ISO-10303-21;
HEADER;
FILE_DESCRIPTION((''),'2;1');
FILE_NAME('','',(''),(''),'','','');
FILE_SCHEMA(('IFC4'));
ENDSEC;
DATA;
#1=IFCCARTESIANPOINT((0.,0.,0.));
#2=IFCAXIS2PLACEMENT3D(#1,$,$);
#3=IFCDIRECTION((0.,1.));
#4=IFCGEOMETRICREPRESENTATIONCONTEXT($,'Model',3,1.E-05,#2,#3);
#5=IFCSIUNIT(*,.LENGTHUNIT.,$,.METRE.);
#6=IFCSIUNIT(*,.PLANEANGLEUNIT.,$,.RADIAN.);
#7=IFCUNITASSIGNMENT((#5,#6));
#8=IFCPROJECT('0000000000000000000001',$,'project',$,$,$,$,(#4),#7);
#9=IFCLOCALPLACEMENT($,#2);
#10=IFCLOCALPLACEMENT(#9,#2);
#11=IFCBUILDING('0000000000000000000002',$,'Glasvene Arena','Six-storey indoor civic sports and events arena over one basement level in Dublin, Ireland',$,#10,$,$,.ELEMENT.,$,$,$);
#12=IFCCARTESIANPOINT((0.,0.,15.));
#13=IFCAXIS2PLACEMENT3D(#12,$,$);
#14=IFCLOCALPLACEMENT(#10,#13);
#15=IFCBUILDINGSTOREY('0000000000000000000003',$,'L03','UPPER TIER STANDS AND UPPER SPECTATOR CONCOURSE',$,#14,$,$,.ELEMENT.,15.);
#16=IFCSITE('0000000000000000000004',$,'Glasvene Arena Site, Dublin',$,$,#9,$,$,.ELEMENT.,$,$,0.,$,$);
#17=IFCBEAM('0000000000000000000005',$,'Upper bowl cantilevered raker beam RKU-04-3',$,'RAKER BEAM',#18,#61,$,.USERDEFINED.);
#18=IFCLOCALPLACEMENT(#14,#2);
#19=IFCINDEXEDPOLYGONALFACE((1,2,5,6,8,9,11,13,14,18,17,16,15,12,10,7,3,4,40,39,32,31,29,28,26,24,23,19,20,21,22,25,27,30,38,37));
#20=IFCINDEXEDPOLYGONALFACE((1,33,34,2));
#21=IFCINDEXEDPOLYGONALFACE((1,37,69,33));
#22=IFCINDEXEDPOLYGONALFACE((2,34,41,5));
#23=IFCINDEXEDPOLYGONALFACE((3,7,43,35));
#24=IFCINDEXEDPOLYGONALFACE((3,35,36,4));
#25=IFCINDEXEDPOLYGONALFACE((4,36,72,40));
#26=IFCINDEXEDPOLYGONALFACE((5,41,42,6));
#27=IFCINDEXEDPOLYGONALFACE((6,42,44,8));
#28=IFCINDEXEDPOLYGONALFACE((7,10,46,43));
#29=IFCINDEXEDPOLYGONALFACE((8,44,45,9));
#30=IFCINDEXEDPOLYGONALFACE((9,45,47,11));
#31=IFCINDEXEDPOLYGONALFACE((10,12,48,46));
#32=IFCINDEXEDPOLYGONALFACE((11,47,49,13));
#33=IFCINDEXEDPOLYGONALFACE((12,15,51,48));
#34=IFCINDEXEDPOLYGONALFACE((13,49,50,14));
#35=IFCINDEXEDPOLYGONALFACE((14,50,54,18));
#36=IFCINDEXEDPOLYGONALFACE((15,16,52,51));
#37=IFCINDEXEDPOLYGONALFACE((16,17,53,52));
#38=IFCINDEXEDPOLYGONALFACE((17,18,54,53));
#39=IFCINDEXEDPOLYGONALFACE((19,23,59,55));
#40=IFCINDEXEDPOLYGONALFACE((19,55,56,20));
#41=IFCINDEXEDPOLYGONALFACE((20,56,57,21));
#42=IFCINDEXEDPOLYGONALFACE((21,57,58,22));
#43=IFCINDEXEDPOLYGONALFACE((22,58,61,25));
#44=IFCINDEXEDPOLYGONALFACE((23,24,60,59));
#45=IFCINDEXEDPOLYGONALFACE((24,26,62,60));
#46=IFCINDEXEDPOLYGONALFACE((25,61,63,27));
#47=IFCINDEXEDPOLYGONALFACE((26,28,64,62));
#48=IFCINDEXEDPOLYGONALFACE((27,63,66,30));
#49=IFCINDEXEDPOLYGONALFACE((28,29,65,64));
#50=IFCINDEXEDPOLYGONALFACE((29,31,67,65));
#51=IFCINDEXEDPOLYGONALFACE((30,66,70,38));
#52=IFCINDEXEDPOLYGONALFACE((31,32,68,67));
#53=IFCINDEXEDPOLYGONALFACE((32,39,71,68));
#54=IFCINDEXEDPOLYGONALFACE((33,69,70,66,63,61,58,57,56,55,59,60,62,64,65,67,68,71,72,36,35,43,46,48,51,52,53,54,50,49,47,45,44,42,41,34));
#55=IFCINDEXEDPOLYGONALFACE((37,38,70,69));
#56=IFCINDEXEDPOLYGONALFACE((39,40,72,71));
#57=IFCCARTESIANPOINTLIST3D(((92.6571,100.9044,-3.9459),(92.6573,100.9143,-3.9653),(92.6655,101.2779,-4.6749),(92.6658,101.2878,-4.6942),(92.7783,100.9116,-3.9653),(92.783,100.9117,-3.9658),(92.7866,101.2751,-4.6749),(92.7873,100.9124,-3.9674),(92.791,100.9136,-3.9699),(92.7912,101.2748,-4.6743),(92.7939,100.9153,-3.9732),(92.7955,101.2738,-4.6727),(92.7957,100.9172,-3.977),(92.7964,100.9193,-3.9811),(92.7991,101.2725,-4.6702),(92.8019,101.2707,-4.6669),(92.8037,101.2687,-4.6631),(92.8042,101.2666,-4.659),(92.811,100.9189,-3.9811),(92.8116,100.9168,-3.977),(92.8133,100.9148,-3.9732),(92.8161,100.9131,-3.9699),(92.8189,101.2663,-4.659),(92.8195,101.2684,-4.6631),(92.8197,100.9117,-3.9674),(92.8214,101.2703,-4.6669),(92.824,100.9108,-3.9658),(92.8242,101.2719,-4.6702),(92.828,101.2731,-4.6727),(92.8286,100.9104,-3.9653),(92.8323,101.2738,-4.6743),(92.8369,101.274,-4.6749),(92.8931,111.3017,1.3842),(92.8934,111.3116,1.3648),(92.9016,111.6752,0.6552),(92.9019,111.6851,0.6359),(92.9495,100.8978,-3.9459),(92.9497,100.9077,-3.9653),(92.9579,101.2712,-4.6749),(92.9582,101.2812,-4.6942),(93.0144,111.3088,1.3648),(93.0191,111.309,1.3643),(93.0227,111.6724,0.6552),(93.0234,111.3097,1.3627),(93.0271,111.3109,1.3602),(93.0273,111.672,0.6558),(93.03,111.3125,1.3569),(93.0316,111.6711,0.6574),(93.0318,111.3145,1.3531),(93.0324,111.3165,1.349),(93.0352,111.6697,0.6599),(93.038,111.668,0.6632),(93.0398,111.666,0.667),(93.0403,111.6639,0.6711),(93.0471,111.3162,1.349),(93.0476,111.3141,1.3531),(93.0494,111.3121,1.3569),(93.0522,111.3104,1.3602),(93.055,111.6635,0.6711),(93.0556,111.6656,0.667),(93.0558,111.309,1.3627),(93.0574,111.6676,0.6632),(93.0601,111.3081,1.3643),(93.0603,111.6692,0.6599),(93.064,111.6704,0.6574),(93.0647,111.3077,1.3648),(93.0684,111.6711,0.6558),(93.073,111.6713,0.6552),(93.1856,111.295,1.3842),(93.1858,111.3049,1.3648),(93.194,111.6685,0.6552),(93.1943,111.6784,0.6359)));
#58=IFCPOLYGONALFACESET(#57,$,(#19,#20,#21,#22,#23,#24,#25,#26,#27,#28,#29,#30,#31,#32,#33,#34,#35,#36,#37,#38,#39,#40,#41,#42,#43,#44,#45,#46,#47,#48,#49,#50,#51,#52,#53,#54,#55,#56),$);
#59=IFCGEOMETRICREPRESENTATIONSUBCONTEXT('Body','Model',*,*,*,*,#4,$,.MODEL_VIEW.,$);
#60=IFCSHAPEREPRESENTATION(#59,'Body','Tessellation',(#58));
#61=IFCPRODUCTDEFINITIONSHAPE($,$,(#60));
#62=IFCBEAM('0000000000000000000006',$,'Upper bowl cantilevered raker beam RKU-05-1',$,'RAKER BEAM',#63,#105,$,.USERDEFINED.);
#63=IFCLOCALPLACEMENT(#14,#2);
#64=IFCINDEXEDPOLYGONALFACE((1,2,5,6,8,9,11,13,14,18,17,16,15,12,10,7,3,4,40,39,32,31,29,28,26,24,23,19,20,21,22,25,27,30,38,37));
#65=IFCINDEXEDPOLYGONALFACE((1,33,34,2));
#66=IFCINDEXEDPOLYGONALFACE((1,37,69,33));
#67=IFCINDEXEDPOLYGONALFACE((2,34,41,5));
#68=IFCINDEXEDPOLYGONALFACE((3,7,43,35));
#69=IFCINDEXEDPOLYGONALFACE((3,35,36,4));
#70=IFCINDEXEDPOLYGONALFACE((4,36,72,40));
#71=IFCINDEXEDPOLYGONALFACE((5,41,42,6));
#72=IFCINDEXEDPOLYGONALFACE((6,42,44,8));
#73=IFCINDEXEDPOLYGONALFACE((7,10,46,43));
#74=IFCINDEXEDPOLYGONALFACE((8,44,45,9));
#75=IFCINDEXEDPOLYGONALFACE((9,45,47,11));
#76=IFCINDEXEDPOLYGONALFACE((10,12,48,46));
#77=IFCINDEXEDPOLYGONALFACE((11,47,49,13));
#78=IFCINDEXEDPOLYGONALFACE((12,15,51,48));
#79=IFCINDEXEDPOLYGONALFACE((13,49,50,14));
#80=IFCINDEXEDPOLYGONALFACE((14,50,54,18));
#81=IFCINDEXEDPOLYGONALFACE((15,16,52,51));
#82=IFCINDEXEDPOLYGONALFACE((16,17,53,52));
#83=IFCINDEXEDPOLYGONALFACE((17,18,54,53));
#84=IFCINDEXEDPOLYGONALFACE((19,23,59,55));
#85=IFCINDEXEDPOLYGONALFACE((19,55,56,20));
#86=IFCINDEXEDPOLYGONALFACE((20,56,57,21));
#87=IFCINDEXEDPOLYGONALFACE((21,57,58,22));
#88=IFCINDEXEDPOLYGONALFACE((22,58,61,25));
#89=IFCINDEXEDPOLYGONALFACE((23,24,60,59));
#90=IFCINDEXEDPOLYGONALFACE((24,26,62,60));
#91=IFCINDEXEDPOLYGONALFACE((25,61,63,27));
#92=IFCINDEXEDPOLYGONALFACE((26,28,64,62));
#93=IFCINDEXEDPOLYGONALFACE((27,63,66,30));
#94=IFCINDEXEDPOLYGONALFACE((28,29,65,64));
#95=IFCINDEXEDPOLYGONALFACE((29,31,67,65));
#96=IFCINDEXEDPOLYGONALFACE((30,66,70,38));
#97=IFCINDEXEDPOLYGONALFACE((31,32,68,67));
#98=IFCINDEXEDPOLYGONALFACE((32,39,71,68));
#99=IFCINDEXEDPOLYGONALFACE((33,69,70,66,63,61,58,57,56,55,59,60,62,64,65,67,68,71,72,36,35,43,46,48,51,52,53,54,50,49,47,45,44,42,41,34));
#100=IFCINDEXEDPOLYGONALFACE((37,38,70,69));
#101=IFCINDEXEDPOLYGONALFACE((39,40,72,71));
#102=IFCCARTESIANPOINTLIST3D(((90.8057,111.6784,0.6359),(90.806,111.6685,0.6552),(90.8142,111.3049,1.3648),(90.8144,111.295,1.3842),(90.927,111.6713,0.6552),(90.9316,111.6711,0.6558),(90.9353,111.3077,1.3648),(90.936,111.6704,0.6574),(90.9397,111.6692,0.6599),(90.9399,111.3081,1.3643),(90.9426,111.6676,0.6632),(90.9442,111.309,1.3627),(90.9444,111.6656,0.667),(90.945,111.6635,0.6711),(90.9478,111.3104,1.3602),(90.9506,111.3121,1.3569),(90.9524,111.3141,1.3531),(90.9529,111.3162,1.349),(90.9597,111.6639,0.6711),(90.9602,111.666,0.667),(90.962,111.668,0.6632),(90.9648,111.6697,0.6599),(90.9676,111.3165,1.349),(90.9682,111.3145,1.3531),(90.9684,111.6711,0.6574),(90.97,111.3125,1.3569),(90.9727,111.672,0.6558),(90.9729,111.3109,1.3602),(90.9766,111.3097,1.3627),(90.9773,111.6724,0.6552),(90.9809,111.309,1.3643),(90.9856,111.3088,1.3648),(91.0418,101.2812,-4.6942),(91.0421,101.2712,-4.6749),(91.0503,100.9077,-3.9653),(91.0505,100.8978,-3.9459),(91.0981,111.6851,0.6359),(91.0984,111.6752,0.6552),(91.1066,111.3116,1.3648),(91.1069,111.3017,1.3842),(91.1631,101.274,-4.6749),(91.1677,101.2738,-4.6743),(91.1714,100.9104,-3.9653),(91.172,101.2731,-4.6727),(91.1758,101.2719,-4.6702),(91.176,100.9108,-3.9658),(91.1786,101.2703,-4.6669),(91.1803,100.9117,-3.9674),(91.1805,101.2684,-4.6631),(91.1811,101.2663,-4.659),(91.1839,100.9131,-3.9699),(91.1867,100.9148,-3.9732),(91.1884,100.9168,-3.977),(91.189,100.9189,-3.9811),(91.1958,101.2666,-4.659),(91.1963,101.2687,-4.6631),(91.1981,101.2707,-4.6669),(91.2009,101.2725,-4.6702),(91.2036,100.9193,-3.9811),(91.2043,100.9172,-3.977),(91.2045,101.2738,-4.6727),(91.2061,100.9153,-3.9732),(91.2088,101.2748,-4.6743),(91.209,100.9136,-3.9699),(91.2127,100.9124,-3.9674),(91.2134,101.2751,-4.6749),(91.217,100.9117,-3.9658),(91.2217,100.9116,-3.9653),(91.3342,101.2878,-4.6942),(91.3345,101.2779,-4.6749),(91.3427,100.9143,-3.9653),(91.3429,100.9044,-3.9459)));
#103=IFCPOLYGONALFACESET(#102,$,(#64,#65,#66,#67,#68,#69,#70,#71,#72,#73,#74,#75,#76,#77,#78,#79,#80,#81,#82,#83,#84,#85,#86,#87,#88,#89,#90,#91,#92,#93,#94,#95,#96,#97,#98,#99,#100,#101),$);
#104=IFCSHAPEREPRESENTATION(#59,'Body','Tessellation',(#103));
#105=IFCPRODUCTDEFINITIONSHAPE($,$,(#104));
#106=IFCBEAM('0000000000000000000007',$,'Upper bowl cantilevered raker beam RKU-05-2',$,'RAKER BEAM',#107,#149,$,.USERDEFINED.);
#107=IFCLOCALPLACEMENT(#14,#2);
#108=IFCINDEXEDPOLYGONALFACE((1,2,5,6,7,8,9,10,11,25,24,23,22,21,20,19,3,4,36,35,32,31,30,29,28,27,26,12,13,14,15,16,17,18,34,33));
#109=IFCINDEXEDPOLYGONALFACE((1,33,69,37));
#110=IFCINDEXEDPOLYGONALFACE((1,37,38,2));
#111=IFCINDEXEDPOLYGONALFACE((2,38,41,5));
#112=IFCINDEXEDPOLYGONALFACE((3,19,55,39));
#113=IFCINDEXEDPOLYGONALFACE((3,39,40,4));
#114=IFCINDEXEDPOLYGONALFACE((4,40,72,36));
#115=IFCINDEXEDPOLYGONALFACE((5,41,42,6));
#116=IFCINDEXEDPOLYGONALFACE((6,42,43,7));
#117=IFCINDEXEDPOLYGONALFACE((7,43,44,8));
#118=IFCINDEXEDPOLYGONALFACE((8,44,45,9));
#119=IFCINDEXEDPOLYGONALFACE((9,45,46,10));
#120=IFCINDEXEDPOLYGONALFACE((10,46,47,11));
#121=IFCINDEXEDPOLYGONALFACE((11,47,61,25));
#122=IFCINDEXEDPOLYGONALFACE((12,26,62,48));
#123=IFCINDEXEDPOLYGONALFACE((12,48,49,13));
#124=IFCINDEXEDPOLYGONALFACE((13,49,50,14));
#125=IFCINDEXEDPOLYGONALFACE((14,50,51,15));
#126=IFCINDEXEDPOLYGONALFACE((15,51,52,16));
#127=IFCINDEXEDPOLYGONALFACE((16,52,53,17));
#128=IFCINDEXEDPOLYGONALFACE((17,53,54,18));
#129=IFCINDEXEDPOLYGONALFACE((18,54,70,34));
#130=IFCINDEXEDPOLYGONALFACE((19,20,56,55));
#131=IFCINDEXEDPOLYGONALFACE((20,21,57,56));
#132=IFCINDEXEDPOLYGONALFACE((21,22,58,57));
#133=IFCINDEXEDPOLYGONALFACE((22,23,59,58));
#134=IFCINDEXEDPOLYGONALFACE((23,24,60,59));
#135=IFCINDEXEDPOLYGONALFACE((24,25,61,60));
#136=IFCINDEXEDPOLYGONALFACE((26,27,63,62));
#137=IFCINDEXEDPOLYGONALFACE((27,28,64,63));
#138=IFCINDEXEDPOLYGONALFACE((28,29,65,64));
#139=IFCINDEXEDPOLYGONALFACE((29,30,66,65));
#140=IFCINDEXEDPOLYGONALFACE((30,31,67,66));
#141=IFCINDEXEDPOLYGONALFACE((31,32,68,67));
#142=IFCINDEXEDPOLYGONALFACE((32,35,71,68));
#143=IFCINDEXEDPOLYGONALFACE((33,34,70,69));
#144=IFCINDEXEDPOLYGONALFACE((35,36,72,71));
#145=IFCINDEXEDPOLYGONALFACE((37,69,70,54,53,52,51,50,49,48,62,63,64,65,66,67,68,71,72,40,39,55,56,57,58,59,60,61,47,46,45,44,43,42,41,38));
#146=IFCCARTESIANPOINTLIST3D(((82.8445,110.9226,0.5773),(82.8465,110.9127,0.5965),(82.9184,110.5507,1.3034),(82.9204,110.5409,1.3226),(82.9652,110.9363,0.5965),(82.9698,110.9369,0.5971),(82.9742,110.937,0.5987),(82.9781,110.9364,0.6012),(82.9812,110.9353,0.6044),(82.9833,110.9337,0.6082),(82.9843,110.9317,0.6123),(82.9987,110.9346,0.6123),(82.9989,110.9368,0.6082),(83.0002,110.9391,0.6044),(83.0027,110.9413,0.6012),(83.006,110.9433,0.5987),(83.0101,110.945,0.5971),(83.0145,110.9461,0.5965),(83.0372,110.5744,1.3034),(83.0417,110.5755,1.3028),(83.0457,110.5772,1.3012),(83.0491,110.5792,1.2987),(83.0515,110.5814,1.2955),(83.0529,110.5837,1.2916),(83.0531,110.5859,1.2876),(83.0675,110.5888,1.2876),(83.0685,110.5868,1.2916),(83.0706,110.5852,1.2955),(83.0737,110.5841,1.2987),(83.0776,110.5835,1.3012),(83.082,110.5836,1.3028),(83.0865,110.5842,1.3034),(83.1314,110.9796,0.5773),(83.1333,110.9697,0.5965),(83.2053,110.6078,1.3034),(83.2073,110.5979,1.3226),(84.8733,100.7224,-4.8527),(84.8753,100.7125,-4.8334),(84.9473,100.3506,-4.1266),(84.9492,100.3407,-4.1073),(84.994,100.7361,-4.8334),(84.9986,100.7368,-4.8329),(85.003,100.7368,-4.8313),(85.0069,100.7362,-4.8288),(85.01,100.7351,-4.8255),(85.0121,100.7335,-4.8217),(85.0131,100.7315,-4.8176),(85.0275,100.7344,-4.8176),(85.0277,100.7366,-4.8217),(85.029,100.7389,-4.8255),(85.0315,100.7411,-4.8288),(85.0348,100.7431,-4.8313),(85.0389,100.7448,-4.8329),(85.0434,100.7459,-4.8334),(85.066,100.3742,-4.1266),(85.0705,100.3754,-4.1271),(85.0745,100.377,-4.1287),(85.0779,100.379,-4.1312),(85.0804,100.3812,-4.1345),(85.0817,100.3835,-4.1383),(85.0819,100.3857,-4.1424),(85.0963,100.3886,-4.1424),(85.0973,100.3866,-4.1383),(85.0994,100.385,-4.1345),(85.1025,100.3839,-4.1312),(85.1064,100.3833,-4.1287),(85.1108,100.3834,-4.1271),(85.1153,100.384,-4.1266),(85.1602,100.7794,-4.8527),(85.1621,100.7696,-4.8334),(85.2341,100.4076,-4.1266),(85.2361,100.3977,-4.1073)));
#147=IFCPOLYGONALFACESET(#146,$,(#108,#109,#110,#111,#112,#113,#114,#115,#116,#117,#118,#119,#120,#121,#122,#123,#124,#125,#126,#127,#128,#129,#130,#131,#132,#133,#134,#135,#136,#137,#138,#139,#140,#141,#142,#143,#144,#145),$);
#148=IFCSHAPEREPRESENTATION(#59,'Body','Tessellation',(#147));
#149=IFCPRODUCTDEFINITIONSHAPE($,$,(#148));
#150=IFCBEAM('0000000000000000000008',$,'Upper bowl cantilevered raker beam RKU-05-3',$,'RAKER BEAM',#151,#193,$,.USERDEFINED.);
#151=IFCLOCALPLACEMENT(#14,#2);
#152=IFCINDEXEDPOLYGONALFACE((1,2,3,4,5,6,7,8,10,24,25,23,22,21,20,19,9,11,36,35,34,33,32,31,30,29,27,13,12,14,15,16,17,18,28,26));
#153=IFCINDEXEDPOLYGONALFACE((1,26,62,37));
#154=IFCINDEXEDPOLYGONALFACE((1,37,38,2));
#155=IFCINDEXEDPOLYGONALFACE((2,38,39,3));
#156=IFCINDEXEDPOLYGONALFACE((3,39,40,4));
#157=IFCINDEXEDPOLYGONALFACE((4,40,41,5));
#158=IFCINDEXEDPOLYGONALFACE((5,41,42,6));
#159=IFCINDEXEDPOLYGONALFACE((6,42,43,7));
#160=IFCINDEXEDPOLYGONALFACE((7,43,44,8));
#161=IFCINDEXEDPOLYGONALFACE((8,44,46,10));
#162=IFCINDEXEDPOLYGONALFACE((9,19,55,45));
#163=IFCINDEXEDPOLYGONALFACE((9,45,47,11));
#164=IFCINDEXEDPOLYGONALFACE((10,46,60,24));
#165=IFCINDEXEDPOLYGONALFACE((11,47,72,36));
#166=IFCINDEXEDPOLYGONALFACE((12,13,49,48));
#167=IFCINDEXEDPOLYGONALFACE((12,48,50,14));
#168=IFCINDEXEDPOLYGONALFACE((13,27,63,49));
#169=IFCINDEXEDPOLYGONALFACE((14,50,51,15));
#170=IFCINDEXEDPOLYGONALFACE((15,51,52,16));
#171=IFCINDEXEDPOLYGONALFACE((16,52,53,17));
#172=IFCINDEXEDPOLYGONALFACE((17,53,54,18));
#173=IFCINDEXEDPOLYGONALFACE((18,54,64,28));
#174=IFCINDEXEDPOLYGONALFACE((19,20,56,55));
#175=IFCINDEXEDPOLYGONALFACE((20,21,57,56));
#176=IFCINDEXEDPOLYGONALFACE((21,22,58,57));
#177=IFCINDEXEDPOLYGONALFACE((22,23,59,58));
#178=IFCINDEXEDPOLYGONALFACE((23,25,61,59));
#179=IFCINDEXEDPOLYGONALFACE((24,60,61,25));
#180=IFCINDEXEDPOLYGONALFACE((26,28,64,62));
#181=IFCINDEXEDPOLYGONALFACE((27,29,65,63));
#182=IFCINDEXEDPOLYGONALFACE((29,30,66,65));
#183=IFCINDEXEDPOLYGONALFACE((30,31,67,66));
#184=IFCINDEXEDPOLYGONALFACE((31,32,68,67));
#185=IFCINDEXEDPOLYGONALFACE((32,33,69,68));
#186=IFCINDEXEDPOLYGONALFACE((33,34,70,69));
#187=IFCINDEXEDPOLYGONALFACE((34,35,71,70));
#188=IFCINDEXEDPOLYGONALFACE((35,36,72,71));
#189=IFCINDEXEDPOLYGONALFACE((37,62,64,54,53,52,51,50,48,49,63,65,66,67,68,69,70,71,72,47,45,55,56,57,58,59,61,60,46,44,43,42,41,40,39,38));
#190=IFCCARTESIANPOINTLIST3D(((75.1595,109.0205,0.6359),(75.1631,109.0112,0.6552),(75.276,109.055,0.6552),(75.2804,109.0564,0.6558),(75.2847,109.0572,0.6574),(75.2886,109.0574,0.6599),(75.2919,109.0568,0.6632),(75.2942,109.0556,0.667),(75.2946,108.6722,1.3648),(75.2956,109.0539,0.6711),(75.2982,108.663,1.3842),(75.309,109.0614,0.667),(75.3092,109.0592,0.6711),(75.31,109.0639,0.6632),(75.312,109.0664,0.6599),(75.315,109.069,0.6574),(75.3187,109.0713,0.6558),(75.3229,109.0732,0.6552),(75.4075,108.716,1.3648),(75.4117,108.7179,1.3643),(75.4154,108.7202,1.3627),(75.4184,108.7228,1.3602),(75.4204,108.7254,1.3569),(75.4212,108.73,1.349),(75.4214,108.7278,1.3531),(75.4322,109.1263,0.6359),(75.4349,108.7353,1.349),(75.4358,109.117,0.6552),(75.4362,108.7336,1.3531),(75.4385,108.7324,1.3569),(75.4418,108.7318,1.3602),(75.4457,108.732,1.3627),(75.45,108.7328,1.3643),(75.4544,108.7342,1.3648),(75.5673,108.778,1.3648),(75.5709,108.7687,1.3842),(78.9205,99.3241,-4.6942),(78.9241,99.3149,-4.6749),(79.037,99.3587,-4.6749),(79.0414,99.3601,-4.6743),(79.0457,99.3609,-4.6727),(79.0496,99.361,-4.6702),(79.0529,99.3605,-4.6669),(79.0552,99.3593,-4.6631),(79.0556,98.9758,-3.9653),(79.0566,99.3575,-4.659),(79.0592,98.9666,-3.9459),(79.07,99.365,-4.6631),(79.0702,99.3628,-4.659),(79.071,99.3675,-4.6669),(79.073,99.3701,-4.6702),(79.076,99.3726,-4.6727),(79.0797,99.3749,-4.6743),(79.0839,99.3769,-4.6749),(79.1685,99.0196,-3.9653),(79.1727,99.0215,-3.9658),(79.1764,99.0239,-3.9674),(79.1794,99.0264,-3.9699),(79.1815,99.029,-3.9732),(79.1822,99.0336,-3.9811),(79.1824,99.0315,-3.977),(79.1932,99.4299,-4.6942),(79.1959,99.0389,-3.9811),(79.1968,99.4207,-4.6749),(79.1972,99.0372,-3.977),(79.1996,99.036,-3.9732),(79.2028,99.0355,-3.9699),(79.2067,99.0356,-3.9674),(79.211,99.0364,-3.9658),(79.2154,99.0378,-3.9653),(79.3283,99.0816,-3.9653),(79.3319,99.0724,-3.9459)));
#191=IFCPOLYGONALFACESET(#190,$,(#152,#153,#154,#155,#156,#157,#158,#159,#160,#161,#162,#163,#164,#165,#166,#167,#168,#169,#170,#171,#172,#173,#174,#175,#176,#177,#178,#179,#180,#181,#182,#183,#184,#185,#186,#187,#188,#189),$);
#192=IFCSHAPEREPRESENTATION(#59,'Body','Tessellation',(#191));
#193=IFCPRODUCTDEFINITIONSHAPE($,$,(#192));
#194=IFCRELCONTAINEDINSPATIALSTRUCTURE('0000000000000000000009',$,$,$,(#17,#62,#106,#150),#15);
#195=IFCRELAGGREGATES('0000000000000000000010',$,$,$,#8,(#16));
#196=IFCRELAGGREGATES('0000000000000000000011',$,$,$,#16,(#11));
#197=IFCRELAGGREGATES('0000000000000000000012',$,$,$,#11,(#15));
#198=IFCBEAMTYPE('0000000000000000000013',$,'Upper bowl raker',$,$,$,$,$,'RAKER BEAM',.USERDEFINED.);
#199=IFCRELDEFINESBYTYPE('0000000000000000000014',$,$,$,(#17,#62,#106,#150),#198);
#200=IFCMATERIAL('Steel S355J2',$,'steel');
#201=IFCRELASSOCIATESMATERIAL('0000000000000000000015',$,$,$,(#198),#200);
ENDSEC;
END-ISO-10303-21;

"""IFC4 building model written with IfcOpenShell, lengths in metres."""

from ifc_helpers import new_model, si_unit, direction, frame, origin, origin_2d, place, context, subcontext, project, spatial, i_section, extrude, material, material_profile, profile_set, type_object, element, save


model = new_model("IFC4")

# Units and contexts
model_context = context("Model", 3, precision=1e-05, world=origin(), true_north=direction((0.0, 1.0)))
body_context = subcontext(model_context, "Body", "Model", "MODEL_VIEW")
ifc_project = project(units=[si_unit("LENGTHUNIT", "METRE"), si_unit("PLANEANGLEUNIT", "RADIAN")], contexts=[model_context])

# Site, building, storey
site_placement = place(None, origin())
site = spatial("IfcSite", under=ifc_project, at=site_placement, Name="Glasvene Arena Site, Dublin", CompositionType="ELEMENT", RefElevation=0.0)
building_placement = place(site_placement, origin())
building = spatial("IfcBuilding", under=site, at=building_placement, Name="Glasvene Arena", Description="Six-storey indoor civic sports and events arena over one basement level in Dublin, Ireland", CompositionType="ELEMENT")
storey_placement = place(building_placement, frame((0.0, 0.0, 15.0)))
storey = spatial("IfcBuildingStorey", under=building, at=storey_placement, Name="L03", Description="UPPER TIER STANDS AND UPPER SPECTATOR CONCOURSE", CompositionType="ELEMENT", Elevation=15.0)

# Beams
ifc_material_1 = material(Name="Steel S355J2", Category="steel")
ifc_material_profile_1 = material_profile(ifc_material_1, i_section(OverallWidth=0.2925, OverallDepth=0.8408, WebThickness=0.0146, FlangeThickness=0.0217, FilletRadius=0.0178, at=origin_2d()), Name="UKB 838x292x194")
ifc_profile_set_1 = profile_set([ifc_material_profile_1], Name="Steel S355J2")
beam_type_1 = type_object("IfcBeamType", Name="Upper bowl raker", ElementType="RAKER BEAM", PredefinedType="USERDEFINED", material=ifc_profile_set_1)
for number, where, z_axis, x_axis, name in (
    (1, (92.8076, 101.0928, -4.3201), (0.020202, 0.889699, 0.4561), (-0.999742, 0.022701, 0.0), "Upper bowl cantilevered raker beam RKU-04-3"),
    (2, (91.1924, 101.0928, -4.3201), (-0.020202, 0.889699, 0.4561), (-0.999742, -0.022701, 0.0), "Upper bowl cantilevered raker beam RKU-05-1"),
):
    element("IfcBeam", number, at=place(storey_placement, frame(where, z_axis=z_axis, x_axis=x_axis)), inside=storey, type_object=beam_type_1, Name=name, ObjectType="RAKER BEAM", PredefinedType="USERDEFINED", context=body_context, shape_type="SweptSolid", body=[
        extrude(i_section(OverallWidth=0.2925, OverallDepth=0.8408, WebThickness=0.0146, FlangeThickness=0.0217, FilletRadius=0.0178, at=origin_2d()), origin(), (0.0, 0.0, 1.0), 11.6863),
    ])
beam_1_placement = place(storey_placement, frame((85.0547, 100.5601, -4.48), z_axis=(-0.172927, 0.86942, 0.462823), x_axis=(-0.980788, -0.195078, 0.0)))
element("IfcBeam", 3, at=beam_1_placement, inside=storey, type_object=beam_type_1, Name="Upper bowl cantilevered raker beam RKU-05-2", ObjectType="RAKER BEAM", PredefinedType="USERDEFINED", context=body_context, shape_type="SweptSolid", body=[
    extrude(i_section(OverallWidth=0.2925, OverallDepth=0.8408, WebThickness=0.0146, FlangeThickness=0.0217, FilletRadius=0.0178, at=origin_2d()), origin(), (0.0, 0.0, 1.0), 11.7322),
])
beam_2_placement = place(storey_placement, frame((79.1262, 99.1982, -4.3201), z_axis=(-0.321825, 0.829705, 0.456091), x_axis=(-0.932322, -0.361628, 0.0)))
element("IfcBeam", 4, at=beam_2_placement, inside=storey, type_object=beam_type_1, Name="Upper bowl cantilevered raker beam RKU-05-3", ObjectType="RAKER BEAM", PredefinedType="USERDEFINED", context=body_context, shape_type="SweptSolid", body=[
    extrude(i_section(OverallWidth=0.2925, OverallDepth=0.8408, WebThickness=0.0146, FlangeThickness=0.0217, FilletRadius=0.0178, at=origin_2d()), origin(), (0.0, 0.0, 1.0), 11.6865),
])

save(model, "model.ifc")
